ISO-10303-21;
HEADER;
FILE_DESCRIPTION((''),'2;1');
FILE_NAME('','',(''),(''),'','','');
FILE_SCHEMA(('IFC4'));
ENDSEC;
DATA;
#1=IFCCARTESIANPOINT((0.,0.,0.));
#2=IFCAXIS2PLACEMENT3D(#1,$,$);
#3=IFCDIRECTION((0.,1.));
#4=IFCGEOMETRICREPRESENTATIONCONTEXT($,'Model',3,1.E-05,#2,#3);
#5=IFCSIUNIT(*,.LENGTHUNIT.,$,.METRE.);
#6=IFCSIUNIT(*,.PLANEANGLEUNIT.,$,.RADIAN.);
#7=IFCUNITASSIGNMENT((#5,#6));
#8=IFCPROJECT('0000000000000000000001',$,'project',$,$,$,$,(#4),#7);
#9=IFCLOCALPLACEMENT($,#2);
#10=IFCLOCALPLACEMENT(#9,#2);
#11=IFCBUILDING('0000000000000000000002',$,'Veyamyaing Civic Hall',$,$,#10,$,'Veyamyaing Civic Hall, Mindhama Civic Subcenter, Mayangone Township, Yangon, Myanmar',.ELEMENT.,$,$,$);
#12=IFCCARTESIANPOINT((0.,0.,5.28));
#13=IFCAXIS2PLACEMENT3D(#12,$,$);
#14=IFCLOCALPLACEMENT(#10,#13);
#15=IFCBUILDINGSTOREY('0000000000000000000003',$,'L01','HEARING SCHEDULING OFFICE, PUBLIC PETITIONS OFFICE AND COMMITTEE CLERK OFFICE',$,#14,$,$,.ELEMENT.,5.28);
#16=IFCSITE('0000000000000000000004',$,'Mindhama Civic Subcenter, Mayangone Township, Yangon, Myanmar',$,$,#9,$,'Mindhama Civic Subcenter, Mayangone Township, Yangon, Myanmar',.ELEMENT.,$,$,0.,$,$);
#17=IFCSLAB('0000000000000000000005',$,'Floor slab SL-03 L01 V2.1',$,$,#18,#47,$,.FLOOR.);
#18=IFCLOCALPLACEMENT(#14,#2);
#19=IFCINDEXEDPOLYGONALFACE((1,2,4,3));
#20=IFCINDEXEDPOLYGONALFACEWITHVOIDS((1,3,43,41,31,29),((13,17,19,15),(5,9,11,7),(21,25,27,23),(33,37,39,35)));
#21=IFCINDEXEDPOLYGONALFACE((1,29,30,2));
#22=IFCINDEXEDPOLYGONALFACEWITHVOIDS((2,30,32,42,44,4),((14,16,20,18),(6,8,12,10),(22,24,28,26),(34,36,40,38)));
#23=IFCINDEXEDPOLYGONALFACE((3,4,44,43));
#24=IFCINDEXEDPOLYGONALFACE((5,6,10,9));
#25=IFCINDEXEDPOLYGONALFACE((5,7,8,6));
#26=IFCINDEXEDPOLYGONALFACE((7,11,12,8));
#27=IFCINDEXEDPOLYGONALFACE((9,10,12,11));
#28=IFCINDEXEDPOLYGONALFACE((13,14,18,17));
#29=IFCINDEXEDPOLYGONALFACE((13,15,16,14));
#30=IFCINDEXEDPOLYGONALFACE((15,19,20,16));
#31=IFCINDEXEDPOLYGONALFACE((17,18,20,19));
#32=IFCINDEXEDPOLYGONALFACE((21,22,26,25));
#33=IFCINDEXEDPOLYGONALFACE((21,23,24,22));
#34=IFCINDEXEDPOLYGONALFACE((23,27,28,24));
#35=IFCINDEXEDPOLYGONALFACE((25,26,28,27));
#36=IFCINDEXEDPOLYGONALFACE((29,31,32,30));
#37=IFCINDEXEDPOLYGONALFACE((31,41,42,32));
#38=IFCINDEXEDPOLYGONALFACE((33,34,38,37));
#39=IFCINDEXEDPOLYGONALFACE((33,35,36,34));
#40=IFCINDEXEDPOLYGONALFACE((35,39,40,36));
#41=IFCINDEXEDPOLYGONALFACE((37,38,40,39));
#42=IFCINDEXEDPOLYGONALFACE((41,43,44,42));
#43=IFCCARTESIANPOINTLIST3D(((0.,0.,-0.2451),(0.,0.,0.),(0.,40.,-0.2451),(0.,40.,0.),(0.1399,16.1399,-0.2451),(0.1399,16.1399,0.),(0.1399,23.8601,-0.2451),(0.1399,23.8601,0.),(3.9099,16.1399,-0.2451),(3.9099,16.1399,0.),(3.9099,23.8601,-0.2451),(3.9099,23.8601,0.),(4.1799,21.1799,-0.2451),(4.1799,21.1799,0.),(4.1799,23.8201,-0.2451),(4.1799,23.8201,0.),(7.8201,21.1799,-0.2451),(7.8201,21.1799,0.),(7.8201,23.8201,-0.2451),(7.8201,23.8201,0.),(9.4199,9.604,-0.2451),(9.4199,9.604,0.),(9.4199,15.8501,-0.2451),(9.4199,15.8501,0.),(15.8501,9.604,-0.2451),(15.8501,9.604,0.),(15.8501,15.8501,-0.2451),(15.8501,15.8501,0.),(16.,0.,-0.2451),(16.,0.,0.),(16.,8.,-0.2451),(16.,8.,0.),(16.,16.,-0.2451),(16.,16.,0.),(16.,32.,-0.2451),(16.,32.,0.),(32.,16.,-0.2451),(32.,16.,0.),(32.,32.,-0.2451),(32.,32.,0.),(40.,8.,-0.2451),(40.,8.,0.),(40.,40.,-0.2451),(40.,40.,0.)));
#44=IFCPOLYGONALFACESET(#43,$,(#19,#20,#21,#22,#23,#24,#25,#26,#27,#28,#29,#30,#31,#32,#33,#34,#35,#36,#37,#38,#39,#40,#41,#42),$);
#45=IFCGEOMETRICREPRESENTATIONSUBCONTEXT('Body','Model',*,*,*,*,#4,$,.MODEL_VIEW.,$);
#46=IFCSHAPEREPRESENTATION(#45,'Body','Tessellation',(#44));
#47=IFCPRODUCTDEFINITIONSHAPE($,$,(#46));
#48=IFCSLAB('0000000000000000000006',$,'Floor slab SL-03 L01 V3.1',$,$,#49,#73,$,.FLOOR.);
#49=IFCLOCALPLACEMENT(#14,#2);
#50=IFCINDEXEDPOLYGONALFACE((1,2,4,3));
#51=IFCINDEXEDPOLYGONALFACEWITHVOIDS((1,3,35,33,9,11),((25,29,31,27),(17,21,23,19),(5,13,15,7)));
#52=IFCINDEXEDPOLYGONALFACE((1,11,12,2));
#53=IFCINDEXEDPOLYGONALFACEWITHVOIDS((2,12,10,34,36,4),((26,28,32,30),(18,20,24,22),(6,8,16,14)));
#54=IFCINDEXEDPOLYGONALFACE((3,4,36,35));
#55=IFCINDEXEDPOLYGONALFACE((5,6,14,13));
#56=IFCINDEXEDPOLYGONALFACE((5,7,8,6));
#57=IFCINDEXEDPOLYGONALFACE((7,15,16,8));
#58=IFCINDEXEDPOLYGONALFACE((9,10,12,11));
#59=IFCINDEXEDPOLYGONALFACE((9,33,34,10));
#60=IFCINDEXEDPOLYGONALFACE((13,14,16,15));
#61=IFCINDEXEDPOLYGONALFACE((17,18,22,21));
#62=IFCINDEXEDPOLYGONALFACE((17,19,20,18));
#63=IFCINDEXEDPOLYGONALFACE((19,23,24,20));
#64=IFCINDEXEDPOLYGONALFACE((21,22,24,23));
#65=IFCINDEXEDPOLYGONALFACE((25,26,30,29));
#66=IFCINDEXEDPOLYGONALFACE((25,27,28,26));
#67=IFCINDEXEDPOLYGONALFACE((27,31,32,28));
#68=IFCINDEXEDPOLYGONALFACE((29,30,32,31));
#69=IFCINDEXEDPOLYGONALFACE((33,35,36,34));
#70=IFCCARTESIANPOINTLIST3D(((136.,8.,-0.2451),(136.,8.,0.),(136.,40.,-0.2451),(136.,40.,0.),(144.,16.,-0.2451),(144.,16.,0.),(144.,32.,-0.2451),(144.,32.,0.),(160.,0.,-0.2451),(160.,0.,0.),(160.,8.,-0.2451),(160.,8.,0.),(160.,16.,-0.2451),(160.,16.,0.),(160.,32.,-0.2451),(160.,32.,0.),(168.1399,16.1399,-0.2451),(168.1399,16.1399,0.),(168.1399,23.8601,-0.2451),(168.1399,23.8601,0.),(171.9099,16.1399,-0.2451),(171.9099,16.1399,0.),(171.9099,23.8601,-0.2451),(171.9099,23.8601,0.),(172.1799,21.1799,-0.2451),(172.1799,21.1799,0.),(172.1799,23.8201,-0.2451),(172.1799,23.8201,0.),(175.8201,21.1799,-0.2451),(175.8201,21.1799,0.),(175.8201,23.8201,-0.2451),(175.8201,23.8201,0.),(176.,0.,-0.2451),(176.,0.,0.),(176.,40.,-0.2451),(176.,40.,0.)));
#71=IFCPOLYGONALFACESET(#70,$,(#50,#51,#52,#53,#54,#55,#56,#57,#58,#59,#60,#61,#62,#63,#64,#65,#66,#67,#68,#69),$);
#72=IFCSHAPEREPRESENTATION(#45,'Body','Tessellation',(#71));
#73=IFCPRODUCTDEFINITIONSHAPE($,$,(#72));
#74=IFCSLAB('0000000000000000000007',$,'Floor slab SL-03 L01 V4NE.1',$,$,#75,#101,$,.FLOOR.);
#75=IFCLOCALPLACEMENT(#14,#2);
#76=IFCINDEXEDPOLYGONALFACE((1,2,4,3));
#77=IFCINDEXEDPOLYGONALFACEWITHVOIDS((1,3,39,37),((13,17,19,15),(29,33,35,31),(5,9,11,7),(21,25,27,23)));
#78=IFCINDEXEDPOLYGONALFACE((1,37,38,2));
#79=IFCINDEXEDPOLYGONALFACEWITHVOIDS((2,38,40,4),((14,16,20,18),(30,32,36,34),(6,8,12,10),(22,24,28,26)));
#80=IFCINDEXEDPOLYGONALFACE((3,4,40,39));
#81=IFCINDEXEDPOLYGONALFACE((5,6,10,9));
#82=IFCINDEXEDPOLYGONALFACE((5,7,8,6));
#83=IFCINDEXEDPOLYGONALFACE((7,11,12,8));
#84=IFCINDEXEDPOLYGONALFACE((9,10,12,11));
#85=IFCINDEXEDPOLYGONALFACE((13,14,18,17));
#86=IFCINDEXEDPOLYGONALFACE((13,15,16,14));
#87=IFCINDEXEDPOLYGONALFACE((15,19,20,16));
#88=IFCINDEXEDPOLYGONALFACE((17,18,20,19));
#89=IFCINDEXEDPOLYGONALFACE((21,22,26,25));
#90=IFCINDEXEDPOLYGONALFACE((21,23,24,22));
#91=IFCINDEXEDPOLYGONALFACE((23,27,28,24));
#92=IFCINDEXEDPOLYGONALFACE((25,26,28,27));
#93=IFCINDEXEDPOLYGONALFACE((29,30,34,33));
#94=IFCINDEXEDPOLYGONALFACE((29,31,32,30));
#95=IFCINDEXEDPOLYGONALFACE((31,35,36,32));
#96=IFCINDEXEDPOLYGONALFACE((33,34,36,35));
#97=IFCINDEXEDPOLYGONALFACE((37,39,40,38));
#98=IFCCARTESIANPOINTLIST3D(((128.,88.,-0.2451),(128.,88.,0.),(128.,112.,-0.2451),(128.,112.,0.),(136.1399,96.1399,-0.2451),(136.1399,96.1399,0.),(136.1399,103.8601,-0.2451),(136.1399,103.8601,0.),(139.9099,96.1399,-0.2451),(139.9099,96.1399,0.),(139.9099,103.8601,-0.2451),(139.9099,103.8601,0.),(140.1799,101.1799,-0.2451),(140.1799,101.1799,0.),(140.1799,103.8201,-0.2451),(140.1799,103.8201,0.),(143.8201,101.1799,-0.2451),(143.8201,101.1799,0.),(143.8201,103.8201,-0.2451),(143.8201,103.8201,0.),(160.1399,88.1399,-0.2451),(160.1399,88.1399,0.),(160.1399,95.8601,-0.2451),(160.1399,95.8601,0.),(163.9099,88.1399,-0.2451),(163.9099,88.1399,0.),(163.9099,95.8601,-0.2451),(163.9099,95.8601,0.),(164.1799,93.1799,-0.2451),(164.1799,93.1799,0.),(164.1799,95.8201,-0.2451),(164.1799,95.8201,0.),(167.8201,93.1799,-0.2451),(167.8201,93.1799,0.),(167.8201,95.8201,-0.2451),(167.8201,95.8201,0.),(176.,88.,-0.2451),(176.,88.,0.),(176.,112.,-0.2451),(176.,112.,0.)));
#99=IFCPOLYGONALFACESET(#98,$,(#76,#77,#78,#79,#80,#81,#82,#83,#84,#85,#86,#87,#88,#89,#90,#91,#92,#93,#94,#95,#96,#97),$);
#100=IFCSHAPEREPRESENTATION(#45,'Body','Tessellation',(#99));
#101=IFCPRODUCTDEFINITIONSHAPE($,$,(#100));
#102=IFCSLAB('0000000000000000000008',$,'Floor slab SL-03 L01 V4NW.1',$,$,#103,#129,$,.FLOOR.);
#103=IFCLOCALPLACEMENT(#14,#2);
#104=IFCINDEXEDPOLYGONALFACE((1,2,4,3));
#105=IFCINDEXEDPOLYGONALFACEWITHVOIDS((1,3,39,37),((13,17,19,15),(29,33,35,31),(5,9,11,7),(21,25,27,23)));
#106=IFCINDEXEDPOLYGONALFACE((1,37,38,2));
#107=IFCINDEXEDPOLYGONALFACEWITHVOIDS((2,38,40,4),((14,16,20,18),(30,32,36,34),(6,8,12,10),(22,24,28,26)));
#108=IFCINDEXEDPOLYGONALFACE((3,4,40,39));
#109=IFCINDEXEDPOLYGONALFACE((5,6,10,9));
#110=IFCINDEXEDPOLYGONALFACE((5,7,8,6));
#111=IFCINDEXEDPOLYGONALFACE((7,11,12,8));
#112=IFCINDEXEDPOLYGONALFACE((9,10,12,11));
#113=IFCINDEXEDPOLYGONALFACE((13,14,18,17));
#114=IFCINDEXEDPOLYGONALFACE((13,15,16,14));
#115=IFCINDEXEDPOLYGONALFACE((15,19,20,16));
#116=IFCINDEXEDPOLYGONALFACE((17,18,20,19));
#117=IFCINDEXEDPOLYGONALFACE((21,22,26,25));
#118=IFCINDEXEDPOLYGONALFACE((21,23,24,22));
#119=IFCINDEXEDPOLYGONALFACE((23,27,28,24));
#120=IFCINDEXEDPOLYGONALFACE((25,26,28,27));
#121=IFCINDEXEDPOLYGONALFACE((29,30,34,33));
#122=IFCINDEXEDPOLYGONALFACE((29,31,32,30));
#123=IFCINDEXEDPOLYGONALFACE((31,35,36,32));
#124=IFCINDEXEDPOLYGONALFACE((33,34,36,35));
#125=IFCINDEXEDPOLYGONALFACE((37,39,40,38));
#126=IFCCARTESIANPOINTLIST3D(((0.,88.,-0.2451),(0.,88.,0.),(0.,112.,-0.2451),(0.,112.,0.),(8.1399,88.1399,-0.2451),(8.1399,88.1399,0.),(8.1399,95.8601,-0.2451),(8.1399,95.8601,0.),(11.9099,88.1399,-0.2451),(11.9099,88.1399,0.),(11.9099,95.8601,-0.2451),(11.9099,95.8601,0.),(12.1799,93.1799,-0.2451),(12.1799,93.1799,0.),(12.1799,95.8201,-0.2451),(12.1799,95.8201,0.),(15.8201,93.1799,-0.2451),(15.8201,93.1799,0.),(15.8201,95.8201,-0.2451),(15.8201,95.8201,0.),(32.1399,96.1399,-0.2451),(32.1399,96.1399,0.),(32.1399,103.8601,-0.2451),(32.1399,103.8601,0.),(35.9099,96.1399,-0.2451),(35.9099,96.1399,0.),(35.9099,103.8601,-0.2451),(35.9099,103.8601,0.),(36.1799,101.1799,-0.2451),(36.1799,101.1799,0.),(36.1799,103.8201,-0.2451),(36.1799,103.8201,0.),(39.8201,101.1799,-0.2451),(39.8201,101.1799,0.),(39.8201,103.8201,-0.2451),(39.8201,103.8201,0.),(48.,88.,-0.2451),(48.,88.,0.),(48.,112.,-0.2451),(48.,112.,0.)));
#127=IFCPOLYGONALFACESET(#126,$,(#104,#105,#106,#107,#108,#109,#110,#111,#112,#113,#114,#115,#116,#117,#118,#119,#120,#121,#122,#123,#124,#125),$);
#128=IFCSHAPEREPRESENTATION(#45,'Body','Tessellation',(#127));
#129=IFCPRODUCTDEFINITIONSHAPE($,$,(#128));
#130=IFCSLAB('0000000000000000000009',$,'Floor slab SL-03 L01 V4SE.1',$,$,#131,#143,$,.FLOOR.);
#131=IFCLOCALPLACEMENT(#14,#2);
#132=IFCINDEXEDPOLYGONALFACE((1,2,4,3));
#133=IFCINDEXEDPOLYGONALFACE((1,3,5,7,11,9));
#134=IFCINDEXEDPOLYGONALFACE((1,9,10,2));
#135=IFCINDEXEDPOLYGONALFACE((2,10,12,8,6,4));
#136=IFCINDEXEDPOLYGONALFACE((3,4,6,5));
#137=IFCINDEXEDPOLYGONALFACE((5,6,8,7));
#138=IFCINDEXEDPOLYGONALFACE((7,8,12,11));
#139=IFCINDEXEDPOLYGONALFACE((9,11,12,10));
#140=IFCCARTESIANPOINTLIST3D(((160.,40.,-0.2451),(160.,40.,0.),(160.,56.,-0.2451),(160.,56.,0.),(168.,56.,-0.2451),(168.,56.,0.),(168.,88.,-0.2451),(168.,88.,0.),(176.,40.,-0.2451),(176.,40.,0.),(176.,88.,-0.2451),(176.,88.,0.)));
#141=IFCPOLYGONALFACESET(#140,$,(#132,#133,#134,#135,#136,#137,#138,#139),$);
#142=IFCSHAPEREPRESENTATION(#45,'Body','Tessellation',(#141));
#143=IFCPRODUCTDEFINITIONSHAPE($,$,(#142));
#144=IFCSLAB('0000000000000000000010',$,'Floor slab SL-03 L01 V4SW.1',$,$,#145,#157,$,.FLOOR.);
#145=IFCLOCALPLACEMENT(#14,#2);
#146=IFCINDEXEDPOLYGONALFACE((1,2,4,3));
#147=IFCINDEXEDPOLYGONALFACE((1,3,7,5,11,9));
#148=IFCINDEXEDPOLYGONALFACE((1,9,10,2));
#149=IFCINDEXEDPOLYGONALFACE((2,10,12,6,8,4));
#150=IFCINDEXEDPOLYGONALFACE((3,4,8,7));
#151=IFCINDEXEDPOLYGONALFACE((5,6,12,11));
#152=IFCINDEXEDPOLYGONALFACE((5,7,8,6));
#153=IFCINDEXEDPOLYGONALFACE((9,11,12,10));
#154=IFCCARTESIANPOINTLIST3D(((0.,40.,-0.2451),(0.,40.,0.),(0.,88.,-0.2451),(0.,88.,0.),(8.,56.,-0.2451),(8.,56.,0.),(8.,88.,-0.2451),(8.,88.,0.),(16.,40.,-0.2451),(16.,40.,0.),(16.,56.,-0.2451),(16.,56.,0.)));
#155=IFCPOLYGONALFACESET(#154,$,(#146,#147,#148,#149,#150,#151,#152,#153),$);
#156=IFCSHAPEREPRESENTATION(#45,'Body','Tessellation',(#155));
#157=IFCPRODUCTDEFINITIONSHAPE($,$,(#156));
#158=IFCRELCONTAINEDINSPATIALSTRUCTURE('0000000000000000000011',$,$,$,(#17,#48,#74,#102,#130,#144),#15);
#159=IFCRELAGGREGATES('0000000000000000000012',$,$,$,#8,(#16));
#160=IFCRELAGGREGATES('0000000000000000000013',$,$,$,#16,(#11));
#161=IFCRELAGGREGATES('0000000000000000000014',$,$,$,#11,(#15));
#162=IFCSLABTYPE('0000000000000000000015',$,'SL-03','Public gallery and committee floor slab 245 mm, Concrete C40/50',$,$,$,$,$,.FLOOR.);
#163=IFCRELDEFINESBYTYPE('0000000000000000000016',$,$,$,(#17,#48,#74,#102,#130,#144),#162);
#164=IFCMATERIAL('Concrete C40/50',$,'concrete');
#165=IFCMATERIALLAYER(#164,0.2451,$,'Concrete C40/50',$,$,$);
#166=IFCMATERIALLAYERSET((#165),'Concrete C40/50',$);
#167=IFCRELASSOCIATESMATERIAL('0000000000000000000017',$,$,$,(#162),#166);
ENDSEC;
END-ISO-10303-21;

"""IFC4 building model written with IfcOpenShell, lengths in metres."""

from ifc_helpers import new_model, si_unit, direction, frame, origin, place, context, subcontext, project, spatial, polyline, outline, extrude, material, layer, layer_set, type_object, element, save


model = new_model("IFC4")

# Units and contexts
model_context = context("Model", 3, precision=1e-05, world=origin(), true_north=direction((0.0, 1.0)))
body_context = subcontext(model_context, "Body", "Model", "MODEL_VIEW")
ifc_project = project(units=[si_unit("LENGTHUNIT", "METRE"), si_unit("PLANEANGLEUNIT", "RADIAN")], contexts=[model_context])

# Site, building, storey
site_placement = place(None, origin())
site = spatial("IfcSite", under=ifc_project, at=site_placement, Name="Mindhama Civic Subcenter, Mayangone Township, Yangon, Myanmar", LongName="Mindhama Civic Subcenter, Mayangone Township, Yangon, Myanmar", CompositionType="ELEMENT", RefElevation=0.0)
building_placement = place(site_placement, origin())
building = spatial("IfcBuilding", under=site, at=building_placement, Name="Veyamyaing Civic Hall", LongName="Veyamyaing Civic Hall, Mindhama Civic Subcenter, Mayangone Township, Yangon, Myanmar", CompositionType="ELEMENT")
storey_placement = place(building_placement, frame((0.0, 0.0, 5.28)))
storey = spatial("IfcBuildingStorey", under=building, at=storey_placement, Name="L01", Description="HEARING SCHEDULING OFFICE, PUBLIC PETITIONS OFFICE AND COMMITTEE CLERK OFFICE", CompositionType="ELEMENT", Elevation=5.28)

# Slabs
ifc_material_1 = material(Name="Concrete C40/50", Category="concrete")
ifc_layer_1 = layer(ifc_material_1, 0.2451, Name="Concrete C40/50")
ifc_layer_set_1 = layer_set([ifc_layer_1], Name="Concrete C40/50")
slab_type_1 = type_object("IfcSlabType", Name="SL-03", Description="Public gallery and committee floor slab 245 mm, Concrete C40/50", PredefinedType="FLOOR", material=ifc_layer_set_1)
slab_1_placement = place(storey_placement, frame((0.0, 0.0, -0.2451)))
element("IfcSlab", 1, at=slab_1_placement, inside=storey, type_object=slab_type_1, Name="Floor slab SL-03 L01 V2.1", PredefinedType="FLOOR", context=body_context, shape_type="SweptSolid", body=[
    extrude(outline(polyline([(0.0, 0.0), (0.0, 40.0), (40.0, 40.0), (40.0, 8.0), (16.0, 8.0), (16.0, 0.0), (0.0, 0.0)]), holes=[polyline([(16.0, 16.0), (32.0, 16.0), (32.0, 32.0), (16.0, 32.0), (16.0, 16.0)]), polyline([(15.8501, 15.8501), (9.4199, 15.8501), (9.4199, 9.604), (15.8501, 9.604), (15.8501, 15.8501)]), polyline([(3.9099, 23.8601), (0.1399, 23.8601), (0.1399, 16.1399), (3.9099, 16.1399), (3.9099, 23.8601)]), polyline([(7.8201, 23.8201), (4.1799, 23.8201), (4.1799, 21.1799), (7.8201, 21.1799), (7.8201, 23.8201)])]), origin(), (0.0, 0.0, 1.0), 0.2451),
])
slab_2_placement = place(storey_placement, frame((0.0, 0.0, -0.2451)))
element("IfcSlab", 2, at=slab_2_placement, inside=storey, type_object=slab_type_1, Name="Floor slab SL-03 L01 V3.1", PredefinedType="FLOOR", context=body_context, shape_type="SweptSolid", body=[
    extrude(outline(polyline([(160.0, 8.0), (136.0, 8.0), (136.0, 40.0), (176.0, 40.0), (176.0, 0.0), (160.0, 0.0), (160.0, 8.0)]), holes=[polyline([(160.0, 16.0), (160.0, 32.0), (144.0, 32.0), (144.0, 16.0), (160.0, 16.0)]), polyline([(171.9099, 23.8601), (168.1399, 23.8601), (168.1399, 16.1399), (171.9099, 16.1399), (171.9099, 23.8601)]), polyline([(175.8201, 23.8201), (172.1799, 23.8201), (172.1799, 21.1799), (175.8201, 21.1799), (175.8201, 23.8201)])]), origin(), (0.0, 0.0, 1.0), 0.2451),
])
slab_3_placement = place(storey_placement, frame((0.0, 0.0, -0.2451)))
element("IfcSlab", 3, at=slab_3_placement, inside=storey, type_object=slab_type_1, Name="Floor slab SL-03 L01 V4NE.1", PredefinedType="FLOOR", context=body_context, shape_type="SweptSolid", body=[
    extrude(outline(polyline([(128.0, 112.0), (176.0, 112.0), (176.0, 88.0), (128.0, 88.0), (128.0, 112.0)]), holes=[polyline([(163.9099, 95.8601), (160.1399, 95.8601), (160.1399, 88.1399), (163.9099, 88.1399), (163.9099, 95.8601)]), polyline([(167.8201, 95.8201), (164.1799, 95.8201), (164.1799, 93.1799), (167.8201, 93.1799), (167.8201, 95.8201)]), polyline([(139.9099, 96.1399), (139.9099, 103.8601), (136.1399, 103.8601), (136.1399, 96.1399), (139.9099, 96.1399)]), polyline([(143.8201, 101.1799), (143.8201, 103.8201), (140.1799, 103.8201), (140.1799, 101.1799), (143.8201, 101.1799)])]), origin(), (0.0, 0.0, 1.0), 0.2451),
])
slab_4_placement = place(storey_placement, frame((0.0, 0.0, -0.2451)))
element("IfcSlab", 4, at=slab_4_placement, inside=storey, type_object=slab_type_1, Name="Floor slab SL-03 L01 V4NW.1", PredefinedType="FLOOR", context=body_context, shape_type="SweptSolid", body=[
    extrude(outline(polyline([(0.0, 112.0), (48.0, 112.0), (48.0, 88.0), (0.0, 88.0), (0.0, 112.0)]), holes=[polyline([(11.9099, 95.8601), (8.1399, 95.8601), (8.1399, 88.1399), (11.9099, 88.1399), (11.9099, 95.8601)]), polyline([(15.8201, 95.8201), (12.1799, 95.8201), (12.1799, 93.1799), (15.8201, 93.1799), (15.8201, 95.8201)]), polyline([(35.9099, 103.8601), (32.1399, 103.8601), (32.1399, 96.1399), (35.9099, 96.1399), (35.9099, 103.8601)]), polyline([(39.8201, 103.8201), (36.1799, 103.8201), (36.1799, 101.1799), (39.8201, 101.1799), (39.8201, 103.8201)])]), origin(), (0.0, 0.0, 1.0), 0.2451),
])
slab_5_placement = place(storey_placement, frame((0.0, 0.0, -0.2451)))
element("IfcSlab", 5, at=slab_5_placement, inside=storey, type_object=slab_type_1, Name="Floor slab SL-03 L01 V4SE.1", PredefinedType="FLOOR", context=body_context, shape_type="SweptSolid", body=[
    extrude(outline(polyline([(168.0, 56.0), (168.0, 88.0), (176.0, 88.0), (176.0, 40.0), (160.0, 40.0), (160.0, 56.0), (168.0, 56.0)])), origin(), (0.0, 0.0, 1.0), 0.2451),
])
slab_6_placement = place(storey_placement, frame((0.0, 0.0, -0.2451)))
element("IfcSlab", 6, at=slab_6_placement, inside=storey, type_object=slab_type_1, Name="Floor slab SL-03 L01 V4SW.1", PredefinedType="FLOOR", context=body_context, shape_type="SweptSolid", body=[
    extrude(outline(polyline([(0.0, 40.0), (0.0, 88.0), (8.0, 88.0), (8.0, 56.0), (16.0, 56.0), (16.0, 40.0), (0.0, 40.0)])), origin(), (0.0, 0.0, 1.0), 0.2451),
])

save(model, "model.ifc")
